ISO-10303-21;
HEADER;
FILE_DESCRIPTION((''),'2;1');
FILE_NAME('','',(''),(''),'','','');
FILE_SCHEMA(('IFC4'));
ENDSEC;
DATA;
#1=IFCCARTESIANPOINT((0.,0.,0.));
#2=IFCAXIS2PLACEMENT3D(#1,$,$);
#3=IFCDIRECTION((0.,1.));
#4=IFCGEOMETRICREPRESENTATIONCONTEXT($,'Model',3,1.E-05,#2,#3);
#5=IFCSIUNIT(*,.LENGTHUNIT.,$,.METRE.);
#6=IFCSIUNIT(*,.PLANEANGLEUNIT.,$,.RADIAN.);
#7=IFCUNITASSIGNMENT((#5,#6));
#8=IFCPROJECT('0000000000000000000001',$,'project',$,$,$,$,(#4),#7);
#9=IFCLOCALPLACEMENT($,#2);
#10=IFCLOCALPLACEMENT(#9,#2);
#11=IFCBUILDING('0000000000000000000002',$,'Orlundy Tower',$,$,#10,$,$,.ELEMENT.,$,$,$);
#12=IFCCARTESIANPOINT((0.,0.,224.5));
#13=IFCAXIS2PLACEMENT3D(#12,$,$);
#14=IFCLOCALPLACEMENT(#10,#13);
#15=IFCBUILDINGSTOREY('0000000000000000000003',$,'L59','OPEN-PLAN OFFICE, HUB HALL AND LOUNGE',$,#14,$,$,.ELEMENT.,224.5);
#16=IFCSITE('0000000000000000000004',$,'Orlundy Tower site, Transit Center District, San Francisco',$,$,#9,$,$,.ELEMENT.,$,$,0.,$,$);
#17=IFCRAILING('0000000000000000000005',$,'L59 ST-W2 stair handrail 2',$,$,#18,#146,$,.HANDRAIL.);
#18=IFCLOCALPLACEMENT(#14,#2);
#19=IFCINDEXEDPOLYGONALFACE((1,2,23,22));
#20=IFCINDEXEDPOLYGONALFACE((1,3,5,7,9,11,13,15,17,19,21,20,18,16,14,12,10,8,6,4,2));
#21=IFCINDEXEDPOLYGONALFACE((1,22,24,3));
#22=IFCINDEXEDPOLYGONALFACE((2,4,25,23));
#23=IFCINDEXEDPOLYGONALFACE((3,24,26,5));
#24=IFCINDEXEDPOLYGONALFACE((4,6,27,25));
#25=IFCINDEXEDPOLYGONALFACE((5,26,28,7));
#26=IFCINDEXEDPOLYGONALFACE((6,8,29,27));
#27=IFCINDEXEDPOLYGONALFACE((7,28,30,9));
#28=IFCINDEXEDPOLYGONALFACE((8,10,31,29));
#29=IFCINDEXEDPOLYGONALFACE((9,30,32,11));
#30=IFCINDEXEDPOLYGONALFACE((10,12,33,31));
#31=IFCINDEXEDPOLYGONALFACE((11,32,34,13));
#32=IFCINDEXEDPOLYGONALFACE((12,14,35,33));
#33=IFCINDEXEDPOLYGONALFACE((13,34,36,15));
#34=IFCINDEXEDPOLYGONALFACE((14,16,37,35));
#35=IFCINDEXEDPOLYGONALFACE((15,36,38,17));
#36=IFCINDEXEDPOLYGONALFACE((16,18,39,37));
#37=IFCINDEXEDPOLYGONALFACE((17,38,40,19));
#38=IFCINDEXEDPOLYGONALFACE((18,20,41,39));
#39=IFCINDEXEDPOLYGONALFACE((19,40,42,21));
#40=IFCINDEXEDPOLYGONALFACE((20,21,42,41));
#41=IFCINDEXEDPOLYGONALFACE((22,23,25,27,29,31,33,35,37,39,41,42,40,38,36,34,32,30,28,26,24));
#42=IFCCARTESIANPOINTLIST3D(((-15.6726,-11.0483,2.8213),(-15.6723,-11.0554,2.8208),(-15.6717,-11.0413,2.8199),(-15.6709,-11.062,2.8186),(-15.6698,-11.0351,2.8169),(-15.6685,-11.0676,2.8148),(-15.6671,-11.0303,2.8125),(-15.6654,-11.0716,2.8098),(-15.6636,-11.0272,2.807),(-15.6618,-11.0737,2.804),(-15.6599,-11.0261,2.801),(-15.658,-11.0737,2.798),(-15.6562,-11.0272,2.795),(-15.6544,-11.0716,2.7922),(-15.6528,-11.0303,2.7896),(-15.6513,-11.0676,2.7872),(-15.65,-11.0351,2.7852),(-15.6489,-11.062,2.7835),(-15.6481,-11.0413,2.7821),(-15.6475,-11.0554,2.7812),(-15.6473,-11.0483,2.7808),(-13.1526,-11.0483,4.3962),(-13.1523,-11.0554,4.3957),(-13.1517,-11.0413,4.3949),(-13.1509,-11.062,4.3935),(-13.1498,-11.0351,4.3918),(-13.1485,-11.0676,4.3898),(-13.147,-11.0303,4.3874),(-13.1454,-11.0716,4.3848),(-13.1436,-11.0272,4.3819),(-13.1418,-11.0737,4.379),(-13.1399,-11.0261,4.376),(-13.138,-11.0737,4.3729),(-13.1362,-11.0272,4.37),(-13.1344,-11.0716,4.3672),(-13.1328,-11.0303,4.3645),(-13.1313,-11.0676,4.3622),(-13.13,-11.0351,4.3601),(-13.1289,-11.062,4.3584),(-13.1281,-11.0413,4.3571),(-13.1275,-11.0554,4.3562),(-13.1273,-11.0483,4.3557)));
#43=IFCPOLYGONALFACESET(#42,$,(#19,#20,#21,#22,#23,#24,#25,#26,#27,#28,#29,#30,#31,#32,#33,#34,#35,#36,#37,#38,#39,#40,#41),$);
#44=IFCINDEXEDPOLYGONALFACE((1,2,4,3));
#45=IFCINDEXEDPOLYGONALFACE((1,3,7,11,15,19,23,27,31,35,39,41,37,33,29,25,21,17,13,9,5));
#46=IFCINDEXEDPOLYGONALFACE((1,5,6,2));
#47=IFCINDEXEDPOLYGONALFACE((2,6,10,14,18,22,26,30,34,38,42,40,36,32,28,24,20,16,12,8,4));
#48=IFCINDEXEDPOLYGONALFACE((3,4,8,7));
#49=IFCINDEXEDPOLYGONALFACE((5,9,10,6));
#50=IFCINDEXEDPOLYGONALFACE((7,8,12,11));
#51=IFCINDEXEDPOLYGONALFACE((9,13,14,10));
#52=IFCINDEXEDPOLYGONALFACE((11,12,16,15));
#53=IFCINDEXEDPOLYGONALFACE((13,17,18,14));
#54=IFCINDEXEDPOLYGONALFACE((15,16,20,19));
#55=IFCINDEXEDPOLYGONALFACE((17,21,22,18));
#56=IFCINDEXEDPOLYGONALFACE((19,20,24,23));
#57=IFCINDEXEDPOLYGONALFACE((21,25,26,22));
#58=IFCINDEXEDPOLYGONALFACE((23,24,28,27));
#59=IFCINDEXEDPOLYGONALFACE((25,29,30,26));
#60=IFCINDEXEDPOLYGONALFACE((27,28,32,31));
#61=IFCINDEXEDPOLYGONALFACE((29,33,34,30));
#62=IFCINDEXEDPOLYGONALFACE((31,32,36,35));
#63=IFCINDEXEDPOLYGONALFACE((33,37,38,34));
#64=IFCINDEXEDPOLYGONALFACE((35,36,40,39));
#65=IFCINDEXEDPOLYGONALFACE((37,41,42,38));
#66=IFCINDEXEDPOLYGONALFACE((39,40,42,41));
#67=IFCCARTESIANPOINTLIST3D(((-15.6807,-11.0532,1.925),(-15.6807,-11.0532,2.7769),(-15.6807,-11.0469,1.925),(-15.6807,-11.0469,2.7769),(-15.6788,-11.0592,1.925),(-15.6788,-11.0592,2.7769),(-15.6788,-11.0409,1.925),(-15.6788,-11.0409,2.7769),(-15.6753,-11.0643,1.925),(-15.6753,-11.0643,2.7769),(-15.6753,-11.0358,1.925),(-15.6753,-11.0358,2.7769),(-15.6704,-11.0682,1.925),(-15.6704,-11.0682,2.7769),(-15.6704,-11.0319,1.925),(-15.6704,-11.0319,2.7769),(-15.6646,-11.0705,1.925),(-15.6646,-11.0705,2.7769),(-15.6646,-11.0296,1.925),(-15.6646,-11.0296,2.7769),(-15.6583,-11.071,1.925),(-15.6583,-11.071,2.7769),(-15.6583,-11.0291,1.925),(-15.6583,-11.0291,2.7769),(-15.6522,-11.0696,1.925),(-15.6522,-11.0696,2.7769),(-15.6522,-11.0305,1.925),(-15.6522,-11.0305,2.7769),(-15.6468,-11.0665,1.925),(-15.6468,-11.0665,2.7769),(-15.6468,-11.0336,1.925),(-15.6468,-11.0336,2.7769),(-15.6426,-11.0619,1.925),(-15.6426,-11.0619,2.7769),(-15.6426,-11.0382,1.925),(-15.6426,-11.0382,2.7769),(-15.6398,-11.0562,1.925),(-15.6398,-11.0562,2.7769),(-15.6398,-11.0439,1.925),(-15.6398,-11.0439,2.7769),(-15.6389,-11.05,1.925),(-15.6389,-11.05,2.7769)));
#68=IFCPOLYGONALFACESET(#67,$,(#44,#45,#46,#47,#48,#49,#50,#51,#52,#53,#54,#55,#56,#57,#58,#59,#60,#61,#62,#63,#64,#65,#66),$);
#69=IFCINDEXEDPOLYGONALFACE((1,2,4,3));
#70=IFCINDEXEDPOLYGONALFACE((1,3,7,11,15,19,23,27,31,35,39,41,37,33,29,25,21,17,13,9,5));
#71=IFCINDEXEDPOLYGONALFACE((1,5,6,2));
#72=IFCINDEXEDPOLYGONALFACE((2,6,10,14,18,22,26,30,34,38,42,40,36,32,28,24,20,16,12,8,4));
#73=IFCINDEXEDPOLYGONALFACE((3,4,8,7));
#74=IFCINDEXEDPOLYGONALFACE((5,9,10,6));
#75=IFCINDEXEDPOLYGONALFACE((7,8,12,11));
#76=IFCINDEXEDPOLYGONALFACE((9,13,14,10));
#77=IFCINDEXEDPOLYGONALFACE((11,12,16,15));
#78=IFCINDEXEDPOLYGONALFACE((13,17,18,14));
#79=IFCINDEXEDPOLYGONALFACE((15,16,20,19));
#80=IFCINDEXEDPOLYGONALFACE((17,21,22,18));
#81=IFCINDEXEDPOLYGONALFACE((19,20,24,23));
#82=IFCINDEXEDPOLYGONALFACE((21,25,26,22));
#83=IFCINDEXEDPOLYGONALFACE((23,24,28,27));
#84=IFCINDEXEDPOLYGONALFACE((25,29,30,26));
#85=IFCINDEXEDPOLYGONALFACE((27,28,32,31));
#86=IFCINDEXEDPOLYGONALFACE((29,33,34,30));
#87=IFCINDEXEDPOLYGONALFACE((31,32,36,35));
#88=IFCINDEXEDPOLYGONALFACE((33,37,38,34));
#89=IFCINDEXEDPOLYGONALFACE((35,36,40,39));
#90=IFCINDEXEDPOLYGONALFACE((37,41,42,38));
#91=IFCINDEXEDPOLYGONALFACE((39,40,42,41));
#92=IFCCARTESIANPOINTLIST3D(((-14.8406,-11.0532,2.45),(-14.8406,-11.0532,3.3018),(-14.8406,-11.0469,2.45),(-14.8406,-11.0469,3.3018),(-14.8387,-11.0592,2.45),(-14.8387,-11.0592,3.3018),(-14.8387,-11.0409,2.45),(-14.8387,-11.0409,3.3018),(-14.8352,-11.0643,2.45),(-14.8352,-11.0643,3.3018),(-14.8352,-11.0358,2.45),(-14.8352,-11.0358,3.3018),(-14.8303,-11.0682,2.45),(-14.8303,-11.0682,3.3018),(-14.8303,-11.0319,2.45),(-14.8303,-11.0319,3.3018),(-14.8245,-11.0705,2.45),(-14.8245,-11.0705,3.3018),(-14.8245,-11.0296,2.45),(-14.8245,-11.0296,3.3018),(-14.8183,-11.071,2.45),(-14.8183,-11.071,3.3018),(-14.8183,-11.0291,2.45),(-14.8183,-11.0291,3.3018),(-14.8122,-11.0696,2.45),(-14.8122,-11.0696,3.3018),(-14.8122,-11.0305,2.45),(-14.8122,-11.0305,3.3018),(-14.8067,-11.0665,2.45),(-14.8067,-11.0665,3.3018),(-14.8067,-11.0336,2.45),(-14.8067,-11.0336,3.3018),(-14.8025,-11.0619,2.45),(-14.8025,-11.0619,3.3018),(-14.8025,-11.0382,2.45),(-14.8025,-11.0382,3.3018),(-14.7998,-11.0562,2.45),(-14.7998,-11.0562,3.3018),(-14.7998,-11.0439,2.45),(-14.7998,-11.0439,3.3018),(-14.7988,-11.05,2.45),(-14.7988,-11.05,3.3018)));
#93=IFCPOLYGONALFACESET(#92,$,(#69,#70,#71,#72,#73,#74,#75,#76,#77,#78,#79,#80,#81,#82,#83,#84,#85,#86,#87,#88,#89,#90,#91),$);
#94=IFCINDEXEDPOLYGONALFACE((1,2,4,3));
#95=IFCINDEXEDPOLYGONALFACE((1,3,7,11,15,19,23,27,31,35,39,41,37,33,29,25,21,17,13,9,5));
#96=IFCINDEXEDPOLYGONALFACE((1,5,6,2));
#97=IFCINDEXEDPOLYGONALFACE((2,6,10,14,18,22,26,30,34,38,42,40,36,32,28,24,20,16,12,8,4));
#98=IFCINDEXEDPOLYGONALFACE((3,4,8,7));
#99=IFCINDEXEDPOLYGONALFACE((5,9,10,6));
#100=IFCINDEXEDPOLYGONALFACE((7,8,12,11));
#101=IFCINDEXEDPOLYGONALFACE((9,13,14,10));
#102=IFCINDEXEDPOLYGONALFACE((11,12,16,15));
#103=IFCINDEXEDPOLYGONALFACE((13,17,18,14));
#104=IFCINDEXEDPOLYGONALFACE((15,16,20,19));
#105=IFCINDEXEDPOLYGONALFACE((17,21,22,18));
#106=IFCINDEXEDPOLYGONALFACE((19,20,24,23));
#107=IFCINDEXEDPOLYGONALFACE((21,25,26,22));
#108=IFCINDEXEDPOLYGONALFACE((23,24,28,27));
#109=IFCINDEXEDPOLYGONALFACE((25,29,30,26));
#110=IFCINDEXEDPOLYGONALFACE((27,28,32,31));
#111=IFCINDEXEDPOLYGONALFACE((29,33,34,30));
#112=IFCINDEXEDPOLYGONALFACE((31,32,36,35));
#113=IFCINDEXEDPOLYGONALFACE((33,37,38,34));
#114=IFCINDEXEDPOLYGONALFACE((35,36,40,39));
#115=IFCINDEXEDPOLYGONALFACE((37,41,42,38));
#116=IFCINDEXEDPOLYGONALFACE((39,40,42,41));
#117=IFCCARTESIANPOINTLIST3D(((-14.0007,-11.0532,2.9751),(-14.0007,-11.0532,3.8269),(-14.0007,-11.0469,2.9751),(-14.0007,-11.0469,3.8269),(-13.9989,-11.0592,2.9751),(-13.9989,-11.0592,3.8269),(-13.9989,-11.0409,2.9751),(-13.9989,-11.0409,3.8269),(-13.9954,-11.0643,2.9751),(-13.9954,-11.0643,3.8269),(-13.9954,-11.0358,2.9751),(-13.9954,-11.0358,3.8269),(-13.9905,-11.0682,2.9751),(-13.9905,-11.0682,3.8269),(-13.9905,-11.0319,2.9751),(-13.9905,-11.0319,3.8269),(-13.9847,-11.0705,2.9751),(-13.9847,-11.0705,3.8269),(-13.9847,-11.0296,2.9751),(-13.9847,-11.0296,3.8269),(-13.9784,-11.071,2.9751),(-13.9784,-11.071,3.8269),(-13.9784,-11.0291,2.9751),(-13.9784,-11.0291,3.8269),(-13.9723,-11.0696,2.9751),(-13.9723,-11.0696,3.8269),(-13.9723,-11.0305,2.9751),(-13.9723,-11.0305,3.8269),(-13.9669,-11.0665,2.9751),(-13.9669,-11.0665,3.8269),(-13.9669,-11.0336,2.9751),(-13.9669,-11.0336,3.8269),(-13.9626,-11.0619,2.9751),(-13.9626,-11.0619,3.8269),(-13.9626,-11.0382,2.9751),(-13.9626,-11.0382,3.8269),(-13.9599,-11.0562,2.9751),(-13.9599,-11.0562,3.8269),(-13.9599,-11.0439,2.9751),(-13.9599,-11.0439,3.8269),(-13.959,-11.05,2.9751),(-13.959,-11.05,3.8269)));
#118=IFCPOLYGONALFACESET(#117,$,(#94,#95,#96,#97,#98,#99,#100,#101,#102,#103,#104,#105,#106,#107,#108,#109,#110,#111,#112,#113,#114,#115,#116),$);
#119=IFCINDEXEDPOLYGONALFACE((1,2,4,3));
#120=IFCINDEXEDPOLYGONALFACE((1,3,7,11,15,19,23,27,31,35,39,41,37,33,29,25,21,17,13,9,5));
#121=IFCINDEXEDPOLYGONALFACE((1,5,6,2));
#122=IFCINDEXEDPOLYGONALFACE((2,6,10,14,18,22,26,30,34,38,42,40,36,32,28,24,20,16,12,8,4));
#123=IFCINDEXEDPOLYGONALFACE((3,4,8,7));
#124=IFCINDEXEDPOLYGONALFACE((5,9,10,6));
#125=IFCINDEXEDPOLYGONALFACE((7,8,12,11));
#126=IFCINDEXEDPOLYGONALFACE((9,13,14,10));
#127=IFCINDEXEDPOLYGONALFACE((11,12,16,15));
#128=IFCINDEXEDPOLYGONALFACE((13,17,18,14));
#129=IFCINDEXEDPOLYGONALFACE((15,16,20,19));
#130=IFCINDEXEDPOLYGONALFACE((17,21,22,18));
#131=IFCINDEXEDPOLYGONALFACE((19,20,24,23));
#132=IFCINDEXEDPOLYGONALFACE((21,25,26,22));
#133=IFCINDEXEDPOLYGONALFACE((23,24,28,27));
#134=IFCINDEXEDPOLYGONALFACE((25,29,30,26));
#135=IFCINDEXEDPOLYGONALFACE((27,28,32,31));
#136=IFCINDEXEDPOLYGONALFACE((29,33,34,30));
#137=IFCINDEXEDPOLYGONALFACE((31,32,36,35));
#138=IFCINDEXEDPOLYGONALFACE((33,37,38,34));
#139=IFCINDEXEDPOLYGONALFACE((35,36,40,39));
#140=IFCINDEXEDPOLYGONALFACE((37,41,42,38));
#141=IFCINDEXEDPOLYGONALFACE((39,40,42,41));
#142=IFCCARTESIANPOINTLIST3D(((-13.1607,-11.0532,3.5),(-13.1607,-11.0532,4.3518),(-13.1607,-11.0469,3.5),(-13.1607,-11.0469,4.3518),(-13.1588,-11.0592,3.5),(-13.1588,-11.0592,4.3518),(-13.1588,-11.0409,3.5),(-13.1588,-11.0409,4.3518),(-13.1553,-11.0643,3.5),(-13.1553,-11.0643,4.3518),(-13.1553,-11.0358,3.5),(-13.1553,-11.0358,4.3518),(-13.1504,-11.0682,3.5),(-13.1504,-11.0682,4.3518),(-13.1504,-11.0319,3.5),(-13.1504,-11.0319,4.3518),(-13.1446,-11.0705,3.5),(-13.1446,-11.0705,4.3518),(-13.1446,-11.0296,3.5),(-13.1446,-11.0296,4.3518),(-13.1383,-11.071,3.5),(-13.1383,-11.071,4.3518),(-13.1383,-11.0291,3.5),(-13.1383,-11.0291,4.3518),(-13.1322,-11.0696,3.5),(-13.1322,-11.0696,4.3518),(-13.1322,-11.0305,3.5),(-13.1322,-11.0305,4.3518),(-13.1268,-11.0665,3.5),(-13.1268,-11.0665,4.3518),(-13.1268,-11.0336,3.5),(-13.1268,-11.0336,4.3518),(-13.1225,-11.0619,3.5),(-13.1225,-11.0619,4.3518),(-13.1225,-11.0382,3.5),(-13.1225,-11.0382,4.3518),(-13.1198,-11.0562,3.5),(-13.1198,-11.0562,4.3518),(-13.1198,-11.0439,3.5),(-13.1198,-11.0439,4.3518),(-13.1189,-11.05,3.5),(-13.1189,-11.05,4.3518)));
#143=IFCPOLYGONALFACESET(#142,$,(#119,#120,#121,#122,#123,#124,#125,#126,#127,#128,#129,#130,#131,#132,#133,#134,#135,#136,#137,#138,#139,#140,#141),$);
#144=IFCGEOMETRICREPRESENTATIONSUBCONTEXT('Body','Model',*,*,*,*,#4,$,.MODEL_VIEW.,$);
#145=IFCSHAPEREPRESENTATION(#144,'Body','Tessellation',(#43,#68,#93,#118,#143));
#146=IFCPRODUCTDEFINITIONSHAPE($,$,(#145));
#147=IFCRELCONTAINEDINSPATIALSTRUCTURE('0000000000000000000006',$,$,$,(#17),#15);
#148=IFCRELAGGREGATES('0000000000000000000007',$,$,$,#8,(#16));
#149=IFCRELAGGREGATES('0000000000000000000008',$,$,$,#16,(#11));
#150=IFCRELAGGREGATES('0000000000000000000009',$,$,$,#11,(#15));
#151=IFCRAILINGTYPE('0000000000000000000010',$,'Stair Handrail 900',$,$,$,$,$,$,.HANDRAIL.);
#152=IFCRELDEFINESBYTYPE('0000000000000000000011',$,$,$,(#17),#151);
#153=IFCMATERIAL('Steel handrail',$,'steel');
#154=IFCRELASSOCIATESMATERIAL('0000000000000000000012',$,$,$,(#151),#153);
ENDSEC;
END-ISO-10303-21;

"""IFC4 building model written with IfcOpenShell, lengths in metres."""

from ifc_helpers import new_model, si_unit, direction, frame, origin, origin_2d, place, context, subcontext, project, spatial, circle, extrude, material, type_object, element, save


model = new_model("IFC4")

# Units and contexts
model_context = context("Model", 3, precision=1e-05, world=origin(), true_north=direction((0.0, 1.0)))
body_context = subcontext(model_context, "Body", "Model", "MODEL_VIEW")
ifc_project = project(units=[si_unit("LENGTHUNIT", "METRE"), si_unit("PLANEANGLEUNIT", "RADIAN")], contexts=[model_context])

# Site, building, storey
site_placement = place(None, origin())
site = spatial("IfcSite", under=ifc_project, at=site_placement, Name="Orlundy Tower site, Transit Center District, San Francisco", CompositionType="ELEMENT", RefElevation=0.0)
building_placement = place(site_placement, origin())
building = spatial("IfcBuilding", under=site, at=building_placement, Name="Orlundy Tower", CompositionType="ELEMENT")
storey_placement = place(building_placement, frame((0.0, 0.0, 224.5)))
storey = spatial("IfcBuildingStorey", under=building, at=storey_placement, Name="L59", Description="OPEN-PLAN OFFICE, HUB HALL AND LOUNGE", CompositionType="ELEMENT", Elevation=224.5)

# Railing
ifc_material_1 = material(Name="Steel handrail", Category="steel")
railing_type_1 = type_object("IfcRailingType", Name="Stair Handrail 900", PredefinedType="HANDRAIL", material=ifc_material_1)
railing_1_placement = place(storey_placement, frame((-15.6599, -11.05, 1.925)))
element("IfcRailing", 1, at=railing_1_placement, inside=storey, type_object=railing_type_1, Name="L59 ST-W2 stair handrail 2", PredefinedType="HANDRAIL", context=body_context, shape_type="SweptSolid", body=[
    extrude(circle(Radius=0.0239, at=origin_2d()), frame((0.0, 0.0, 0.876), z_axis=(0.848008, 0.0, 0.529984), x_axis=(0.0, 1.0, 0.0)), (0.0, 0.0, 1.0), 2.9717),
    extrude(circle(Radius=0.021, at=origin_2d()), origin(), (0.0, 0.0, 1.0), 0.8518),
    extrude(circle(Radius=0.021, at=origin_2d()), frame((0.8401, 0.0, 0.5249)), (0.0, 0.0, 1.0), 0.8518),
    extrude(circle(Radius=0.021, at=origin_2d()), frame((1.6799, 0.0, 1.05)), (0.0, 0.0, 1.0), 0.8518),
    extrude(circle(Radius=0.021, at=origin_2d()), frame((2.52, 0.0, 1.575)), (0.0, 0.0, 1.0), 0.8518),
])

save(model, "model.ifc")
